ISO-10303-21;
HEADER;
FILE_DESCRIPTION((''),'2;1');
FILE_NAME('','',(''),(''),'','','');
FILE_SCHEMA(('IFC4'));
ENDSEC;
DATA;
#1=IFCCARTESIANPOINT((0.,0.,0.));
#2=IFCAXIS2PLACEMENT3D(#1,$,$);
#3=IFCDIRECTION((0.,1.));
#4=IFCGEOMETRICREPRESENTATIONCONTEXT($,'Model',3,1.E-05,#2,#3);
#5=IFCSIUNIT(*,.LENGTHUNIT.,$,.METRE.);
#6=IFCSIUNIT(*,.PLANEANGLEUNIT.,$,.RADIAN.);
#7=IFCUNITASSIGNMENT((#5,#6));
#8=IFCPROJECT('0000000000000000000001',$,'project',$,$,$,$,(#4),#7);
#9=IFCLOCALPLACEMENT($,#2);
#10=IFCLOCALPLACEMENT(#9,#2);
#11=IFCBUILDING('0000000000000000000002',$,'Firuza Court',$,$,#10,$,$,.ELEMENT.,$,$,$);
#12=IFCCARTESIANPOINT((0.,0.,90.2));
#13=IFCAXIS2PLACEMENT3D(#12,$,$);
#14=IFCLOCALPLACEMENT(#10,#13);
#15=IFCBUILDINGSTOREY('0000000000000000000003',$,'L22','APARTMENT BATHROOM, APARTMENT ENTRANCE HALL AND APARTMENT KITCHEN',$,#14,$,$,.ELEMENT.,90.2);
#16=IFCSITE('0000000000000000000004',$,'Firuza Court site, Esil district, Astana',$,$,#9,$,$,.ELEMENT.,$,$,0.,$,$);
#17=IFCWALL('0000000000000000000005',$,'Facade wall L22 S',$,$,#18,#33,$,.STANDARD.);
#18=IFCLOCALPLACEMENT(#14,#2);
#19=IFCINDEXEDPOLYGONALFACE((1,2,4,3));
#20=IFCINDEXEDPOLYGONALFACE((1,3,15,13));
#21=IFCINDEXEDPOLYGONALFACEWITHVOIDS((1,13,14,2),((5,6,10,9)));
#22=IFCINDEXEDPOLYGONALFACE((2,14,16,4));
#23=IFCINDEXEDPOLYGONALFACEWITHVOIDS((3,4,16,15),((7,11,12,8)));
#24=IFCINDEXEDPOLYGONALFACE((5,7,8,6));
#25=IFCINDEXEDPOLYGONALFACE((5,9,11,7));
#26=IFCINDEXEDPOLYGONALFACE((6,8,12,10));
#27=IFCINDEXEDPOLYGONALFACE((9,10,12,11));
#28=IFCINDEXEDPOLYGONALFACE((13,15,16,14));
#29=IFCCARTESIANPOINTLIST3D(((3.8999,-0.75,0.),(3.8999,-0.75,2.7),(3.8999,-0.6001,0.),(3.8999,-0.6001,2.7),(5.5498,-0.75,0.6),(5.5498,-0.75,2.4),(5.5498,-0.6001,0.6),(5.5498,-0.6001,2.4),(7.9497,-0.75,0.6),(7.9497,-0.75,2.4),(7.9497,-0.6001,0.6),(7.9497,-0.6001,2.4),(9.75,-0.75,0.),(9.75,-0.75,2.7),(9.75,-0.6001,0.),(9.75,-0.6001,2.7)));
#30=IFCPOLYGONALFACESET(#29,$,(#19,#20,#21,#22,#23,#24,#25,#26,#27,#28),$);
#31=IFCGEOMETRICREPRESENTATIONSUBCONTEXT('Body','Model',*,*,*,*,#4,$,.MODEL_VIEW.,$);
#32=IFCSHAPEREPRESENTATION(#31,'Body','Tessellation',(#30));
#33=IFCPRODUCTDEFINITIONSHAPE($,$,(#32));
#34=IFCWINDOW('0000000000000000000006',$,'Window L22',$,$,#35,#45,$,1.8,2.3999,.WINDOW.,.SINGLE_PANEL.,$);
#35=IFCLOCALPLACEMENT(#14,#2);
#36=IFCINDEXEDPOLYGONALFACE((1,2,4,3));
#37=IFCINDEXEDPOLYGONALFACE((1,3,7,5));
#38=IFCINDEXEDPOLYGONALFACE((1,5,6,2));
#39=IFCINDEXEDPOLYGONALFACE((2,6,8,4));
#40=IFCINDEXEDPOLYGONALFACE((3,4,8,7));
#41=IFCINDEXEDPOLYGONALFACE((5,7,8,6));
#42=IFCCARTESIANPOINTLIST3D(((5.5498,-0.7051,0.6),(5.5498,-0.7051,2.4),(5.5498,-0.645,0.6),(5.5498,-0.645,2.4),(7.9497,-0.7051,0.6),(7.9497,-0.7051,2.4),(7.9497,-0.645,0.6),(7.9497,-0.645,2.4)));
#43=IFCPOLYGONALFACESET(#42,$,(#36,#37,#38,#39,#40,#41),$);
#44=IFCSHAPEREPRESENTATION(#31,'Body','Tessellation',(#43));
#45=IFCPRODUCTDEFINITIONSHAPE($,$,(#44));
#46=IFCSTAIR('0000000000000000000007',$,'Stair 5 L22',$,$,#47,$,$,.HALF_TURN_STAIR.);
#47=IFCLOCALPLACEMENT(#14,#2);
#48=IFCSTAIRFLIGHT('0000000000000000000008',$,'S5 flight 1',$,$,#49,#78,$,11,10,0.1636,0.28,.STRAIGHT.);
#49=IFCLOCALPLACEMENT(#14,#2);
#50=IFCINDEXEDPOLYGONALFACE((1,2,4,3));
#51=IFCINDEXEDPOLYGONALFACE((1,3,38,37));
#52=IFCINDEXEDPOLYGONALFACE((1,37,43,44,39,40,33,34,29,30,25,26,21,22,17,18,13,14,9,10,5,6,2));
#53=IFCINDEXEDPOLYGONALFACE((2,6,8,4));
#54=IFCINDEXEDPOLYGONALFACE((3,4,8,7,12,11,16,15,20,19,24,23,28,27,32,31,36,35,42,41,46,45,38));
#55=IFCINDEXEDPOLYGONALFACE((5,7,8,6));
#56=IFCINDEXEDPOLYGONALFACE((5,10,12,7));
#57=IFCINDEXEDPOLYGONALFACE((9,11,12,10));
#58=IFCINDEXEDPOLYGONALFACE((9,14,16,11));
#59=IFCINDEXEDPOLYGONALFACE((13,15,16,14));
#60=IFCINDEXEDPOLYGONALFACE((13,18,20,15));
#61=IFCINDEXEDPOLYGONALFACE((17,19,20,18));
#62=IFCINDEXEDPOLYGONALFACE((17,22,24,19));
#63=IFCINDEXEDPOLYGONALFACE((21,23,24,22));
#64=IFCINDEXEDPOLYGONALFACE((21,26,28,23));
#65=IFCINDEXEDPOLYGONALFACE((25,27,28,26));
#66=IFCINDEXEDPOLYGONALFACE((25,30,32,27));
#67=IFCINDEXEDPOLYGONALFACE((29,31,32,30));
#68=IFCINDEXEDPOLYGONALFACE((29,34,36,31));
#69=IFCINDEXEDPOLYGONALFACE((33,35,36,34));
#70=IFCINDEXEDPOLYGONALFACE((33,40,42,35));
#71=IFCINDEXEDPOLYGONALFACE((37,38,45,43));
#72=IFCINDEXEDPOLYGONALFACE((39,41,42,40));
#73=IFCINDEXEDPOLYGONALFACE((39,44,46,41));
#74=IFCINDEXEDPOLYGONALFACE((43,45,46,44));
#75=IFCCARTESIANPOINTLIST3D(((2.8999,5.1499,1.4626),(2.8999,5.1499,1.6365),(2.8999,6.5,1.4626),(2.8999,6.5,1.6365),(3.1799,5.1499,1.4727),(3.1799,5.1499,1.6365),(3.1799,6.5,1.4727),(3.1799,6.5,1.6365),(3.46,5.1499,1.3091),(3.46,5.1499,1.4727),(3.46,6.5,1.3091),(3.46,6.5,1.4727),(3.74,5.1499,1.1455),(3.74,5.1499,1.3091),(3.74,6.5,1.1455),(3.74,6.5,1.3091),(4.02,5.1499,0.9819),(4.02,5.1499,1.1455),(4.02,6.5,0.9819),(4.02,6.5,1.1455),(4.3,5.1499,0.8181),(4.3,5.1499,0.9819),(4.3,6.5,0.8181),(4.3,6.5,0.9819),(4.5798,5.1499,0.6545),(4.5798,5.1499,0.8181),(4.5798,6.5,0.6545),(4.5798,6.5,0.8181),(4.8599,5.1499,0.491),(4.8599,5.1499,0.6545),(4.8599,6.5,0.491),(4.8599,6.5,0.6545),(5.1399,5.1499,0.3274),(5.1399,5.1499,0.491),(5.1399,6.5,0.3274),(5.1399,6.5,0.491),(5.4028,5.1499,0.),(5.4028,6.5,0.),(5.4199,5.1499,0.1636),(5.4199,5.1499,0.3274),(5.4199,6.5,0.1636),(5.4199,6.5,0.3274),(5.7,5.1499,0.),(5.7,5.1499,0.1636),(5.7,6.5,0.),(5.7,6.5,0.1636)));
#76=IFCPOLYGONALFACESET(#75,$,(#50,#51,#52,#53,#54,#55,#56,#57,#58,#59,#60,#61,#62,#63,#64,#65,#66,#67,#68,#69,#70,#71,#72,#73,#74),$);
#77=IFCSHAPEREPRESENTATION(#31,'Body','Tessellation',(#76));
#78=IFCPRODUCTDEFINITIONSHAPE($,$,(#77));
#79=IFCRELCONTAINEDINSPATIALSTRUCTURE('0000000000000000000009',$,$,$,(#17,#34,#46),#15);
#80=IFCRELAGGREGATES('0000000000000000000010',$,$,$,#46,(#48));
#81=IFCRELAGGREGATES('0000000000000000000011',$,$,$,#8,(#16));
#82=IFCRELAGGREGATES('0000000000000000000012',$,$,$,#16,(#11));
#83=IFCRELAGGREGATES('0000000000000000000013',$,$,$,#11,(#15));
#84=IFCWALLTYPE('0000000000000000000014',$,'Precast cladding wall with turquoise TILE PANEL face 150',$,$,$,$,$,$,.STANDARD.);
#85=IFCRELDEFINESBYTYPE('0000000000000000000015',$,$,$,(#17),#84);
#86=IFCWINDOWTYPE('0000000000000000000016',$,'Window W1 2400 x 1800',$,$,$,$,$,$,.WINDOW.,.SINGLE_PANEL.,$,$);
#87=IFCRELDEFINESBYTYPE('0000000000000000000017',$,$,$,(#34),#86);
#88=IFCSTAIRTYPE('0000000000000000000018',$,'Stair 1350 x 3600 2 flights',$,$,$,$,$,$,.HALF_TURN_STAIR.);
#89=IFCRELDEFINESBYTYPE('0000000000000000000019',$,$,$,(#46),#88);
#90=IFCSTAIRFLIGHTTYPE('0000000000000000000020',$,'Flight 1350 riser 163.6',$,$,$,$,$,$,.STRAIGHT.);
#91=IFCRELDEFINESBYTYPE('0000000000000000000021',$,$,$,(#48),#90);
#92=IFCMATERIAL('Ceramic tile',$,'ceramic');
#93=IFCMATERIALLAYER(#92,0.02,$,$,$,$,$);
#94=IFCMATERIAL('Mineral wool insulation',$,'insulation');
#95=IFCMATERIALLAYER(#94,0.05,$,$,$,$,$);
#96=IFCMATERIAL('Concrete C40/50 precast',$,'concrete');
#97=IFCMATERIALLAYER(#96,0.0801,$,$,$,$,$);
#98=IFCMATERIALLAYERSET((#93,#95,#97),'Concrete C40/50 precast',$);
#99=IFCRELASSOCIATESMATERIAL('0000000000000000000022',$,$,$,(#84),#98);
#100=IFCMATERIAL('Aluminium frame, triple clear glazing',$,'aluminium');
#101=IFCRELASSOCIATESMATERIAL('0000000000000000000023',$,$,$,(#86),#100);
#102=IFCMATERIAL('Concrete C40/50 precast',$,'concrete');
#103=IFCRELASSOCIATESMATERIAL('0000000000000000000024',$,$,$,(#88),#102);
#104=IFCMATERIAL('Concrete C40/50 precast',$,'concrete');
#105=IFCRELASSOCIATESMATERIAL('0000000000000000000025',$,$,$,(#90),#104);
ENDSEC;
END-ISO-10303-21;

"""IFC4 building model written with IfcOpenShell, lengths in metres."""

from ifc_helpers import new_model, si_unit, direction, frame, frame_2d, origin, place, context, subcontext, project, spatial, polyline, rectangle, outline, extrude, material, layer, layer_set, type_object, element, fill, aggregate, save


model = new_model("IFC4")

# Units and contexts
model_context = context("Model", 3, precision=1e-05, world=origin(), true_north=direction((0.0, 1.0)))
body_context = subcontext(model_context, "Body", "Model", "MODEL_VIEW")
ifc_project = project(units=[si_unit("LENGTHUNIT", "METRE"), si_unit("PLANEANGLEUNIT", "RADIAN")], contexts=[model_context])

# Site, building, storey
site_placement = place(None, origin())
site = spatial("IfcSite", under=ifc_project, at=site_placement, Name="Firuza Court site, Esil district, Astana", CompositionType="ELEMENT", RefElevation=0.0)
building_placement = place(site_placement, origin())
building = spatial("IfcBuilding", under=site, at=building_placement, Name="Firuza Court", CompositionType="ELEMENT")
storey_placement = place(building_placement, frame((0.0, 0.0, 90.2)))
storey = spatial("IfcBuildingStorey", under=building, at=storey_placement, Name="L22", Description="APARTMENT BATHROOM, APARTMENT ENTRANCE HALL AND APARTMENT KITCHEN", CompositionType="ELEMENT", Elevation=90.2)

# Shared definitions
ifc_material_1 = material(Name="Ceramic tile", Category="ceramic")
ifc_layer_1 = layer(ifc_material_1, 0.02)
ifc_material_2 = material(Name="Mineral wool insulation", Category="insulation")
ifc_layer_2 = layer(ifc_material_2, 0.05)
ifc_material_3 = material(Name="Concrete C40/50 precast", Category="concrete")
ifc_layer_3 = layer(ifc_material_3, 0.0801)
ifc_layer_set_1 = layer_set([ifc_layer_1, ifc_layer_2, ifc_layer_3], Name="Concrete C40/50 precast")
wall_type_1 = type_object("IfcWallType", Name="Precast cladding wall with turquoise TILE PANEL face 150", PredefinedType="STANDARD", material=ifc_layer_set_1)

# Wall, opening, window
wall_1_placement = place(storey_placement, frame((3.8999, -0.675, 0.0), z_axis=(0.0, 0.0, 1.0), x_axis=(1.0, 0.0, 0.0)))
wall_1 = element("IfcWall", 1, at=wall_1_placement, inside=storey, type_object=wall_type_1, Name="Facade wall L22 S", PredefinedType="STANDARD", context=body_context, shape_type="SweptSolid", body=[
    extrude(rectangle(XDim=5.8501, YDim=0.1499, at=frame_2d((2.925, 0.0))), origin(), (0.0, 0.0, 1.0), 2.7),
])
opening_1_placement = place(wall_1_placement, frame((1.6499, 0.0, 0.6001)))
opening_1 = element("IfcOpeningElement", 2, at=opening_1_placement, cuts=wall_1, PredefinedType="OPENING", context=body_context, shape_type="SweptSolid", body=[
    extrude(rectangle(XDim=2.3999, YDim=1.8, at=frame_2d((1.2, 0.8999))), frame((0.0, 0.0869, 0.0), z_axis=(0.0, -1.0, 0.0), x_axis=(1.0, 0.0, 0.0)), (0.0, 0.0, 1.0), 0.1738),
])
ifc_material_4 = material(Name="Aluminium frame, triple clear glazing", Category="aluminium")
window_type = type_object("IfcWindowType", Name="Window W1 2400 x 1800", PartitioningType="SINGLE_PANEL", PredefinedType="WINDOW", material=ifc_material_4)
window_placement = place(opening_1_placement, origin())
window = element("IfcWindow", 3, at=window_placement, inside=storey, type_object=window_type, Name="Window L22", OverallHeight=1.8, OverallWidth=2.3999, PartitioningType="SINGLE_PANEL", PredefinedType="WINDOW", context=body_context, shape_type="SweptSolid", body=[
    extrude(rectangle(XDim=2.3999, YDim=1.8, at=frame_2d((1.2, 0.8999))), frame((0.0, 0.03, 0.0), z_axis=(0.0, -1.0, 0.0), x_axis=(1.0, 0.0, 0.0)), (0.0, 0.0, 1.0), 0.0601),
])
fill(opening_1, window)

# Stair, stair flight
ifc_material_5 = material(Name="Concrete C40/50 precast", Category="concrete")
stair_type = type_object("IfcStairType", Name="Stair 1350 x 3600 2 flights", PredefinedType="HALF_TURN_STAIR", material=ifc_material_5)
stair_placement = place(storey_placement, origin())
stair = element("IfcStair", 4, at=stair_placement, inside=storey, type_object=stair_type, Name="Stair 5 L22", PredefinedType="HALF_TURN_STAIR")
ifc_material_6 = material(Name="Concrete C40/50 precast", Category="concrete")
stair_flight_type = type_object("IfcStairFlightType", Name="Flight 1350 riser 163.6", PredefinedType="STRAIGHT", material=ifc_material_6)
stair_flight_placement = place(storey_placement, frame((5.7, 5.825, 0.0), z_axis=(0.0, 0.0, 1.0), x_axis=(-1.0, 0.0, 0.0)))
stair_flight = element("IfcStairFlight", 5, at=stair_flight_placement, type_object=stair_flight_type, Name="S5 flight 1", NumberOfRisers=11, NumberOfTreads=10, PredefinedType="STRAIGHT", RiserHeight=0.1636, TreadLength=0.28, context=body_context, shape_type="SweptSolid", body=[
    extrude(outline(polyline([(0.0, 0.0), (0.0, 0.1636), (0.28, 0.1636), (0.28, 0.3274), (0.5601, 0.3274), (0.5601, 0.491), (0.8401, 0.491), (0.8401, 0.6545), (1.1201, 0.6545), (1.1201, 0.8181), (1.3999, 0.8181), (1.3999, 0.9819), (1.6799, 0.9819), (1.6799, 1.1455), (1.96, 1.1455), (1.96, 1.3091), (2.24, 1.3091), (2.24, 1.4727), (2.52, 1.4727), (2.52, 1.6365), (2.8, 1.6365), (2.8, 1.8), (2.8, 1.4626), (0.2971, 0.0), (0.0, 0.0)])), frame((0.0, 0.675, 0.0), z_axis=(0.0, -1.0, 0.0), x_axis=(1.0, 0.0, 0.0)), (0.0, 0.0, 1.0), 1.3501),
])
aggregate(stair, [stair_flight])

save(model, "model.ifc")
